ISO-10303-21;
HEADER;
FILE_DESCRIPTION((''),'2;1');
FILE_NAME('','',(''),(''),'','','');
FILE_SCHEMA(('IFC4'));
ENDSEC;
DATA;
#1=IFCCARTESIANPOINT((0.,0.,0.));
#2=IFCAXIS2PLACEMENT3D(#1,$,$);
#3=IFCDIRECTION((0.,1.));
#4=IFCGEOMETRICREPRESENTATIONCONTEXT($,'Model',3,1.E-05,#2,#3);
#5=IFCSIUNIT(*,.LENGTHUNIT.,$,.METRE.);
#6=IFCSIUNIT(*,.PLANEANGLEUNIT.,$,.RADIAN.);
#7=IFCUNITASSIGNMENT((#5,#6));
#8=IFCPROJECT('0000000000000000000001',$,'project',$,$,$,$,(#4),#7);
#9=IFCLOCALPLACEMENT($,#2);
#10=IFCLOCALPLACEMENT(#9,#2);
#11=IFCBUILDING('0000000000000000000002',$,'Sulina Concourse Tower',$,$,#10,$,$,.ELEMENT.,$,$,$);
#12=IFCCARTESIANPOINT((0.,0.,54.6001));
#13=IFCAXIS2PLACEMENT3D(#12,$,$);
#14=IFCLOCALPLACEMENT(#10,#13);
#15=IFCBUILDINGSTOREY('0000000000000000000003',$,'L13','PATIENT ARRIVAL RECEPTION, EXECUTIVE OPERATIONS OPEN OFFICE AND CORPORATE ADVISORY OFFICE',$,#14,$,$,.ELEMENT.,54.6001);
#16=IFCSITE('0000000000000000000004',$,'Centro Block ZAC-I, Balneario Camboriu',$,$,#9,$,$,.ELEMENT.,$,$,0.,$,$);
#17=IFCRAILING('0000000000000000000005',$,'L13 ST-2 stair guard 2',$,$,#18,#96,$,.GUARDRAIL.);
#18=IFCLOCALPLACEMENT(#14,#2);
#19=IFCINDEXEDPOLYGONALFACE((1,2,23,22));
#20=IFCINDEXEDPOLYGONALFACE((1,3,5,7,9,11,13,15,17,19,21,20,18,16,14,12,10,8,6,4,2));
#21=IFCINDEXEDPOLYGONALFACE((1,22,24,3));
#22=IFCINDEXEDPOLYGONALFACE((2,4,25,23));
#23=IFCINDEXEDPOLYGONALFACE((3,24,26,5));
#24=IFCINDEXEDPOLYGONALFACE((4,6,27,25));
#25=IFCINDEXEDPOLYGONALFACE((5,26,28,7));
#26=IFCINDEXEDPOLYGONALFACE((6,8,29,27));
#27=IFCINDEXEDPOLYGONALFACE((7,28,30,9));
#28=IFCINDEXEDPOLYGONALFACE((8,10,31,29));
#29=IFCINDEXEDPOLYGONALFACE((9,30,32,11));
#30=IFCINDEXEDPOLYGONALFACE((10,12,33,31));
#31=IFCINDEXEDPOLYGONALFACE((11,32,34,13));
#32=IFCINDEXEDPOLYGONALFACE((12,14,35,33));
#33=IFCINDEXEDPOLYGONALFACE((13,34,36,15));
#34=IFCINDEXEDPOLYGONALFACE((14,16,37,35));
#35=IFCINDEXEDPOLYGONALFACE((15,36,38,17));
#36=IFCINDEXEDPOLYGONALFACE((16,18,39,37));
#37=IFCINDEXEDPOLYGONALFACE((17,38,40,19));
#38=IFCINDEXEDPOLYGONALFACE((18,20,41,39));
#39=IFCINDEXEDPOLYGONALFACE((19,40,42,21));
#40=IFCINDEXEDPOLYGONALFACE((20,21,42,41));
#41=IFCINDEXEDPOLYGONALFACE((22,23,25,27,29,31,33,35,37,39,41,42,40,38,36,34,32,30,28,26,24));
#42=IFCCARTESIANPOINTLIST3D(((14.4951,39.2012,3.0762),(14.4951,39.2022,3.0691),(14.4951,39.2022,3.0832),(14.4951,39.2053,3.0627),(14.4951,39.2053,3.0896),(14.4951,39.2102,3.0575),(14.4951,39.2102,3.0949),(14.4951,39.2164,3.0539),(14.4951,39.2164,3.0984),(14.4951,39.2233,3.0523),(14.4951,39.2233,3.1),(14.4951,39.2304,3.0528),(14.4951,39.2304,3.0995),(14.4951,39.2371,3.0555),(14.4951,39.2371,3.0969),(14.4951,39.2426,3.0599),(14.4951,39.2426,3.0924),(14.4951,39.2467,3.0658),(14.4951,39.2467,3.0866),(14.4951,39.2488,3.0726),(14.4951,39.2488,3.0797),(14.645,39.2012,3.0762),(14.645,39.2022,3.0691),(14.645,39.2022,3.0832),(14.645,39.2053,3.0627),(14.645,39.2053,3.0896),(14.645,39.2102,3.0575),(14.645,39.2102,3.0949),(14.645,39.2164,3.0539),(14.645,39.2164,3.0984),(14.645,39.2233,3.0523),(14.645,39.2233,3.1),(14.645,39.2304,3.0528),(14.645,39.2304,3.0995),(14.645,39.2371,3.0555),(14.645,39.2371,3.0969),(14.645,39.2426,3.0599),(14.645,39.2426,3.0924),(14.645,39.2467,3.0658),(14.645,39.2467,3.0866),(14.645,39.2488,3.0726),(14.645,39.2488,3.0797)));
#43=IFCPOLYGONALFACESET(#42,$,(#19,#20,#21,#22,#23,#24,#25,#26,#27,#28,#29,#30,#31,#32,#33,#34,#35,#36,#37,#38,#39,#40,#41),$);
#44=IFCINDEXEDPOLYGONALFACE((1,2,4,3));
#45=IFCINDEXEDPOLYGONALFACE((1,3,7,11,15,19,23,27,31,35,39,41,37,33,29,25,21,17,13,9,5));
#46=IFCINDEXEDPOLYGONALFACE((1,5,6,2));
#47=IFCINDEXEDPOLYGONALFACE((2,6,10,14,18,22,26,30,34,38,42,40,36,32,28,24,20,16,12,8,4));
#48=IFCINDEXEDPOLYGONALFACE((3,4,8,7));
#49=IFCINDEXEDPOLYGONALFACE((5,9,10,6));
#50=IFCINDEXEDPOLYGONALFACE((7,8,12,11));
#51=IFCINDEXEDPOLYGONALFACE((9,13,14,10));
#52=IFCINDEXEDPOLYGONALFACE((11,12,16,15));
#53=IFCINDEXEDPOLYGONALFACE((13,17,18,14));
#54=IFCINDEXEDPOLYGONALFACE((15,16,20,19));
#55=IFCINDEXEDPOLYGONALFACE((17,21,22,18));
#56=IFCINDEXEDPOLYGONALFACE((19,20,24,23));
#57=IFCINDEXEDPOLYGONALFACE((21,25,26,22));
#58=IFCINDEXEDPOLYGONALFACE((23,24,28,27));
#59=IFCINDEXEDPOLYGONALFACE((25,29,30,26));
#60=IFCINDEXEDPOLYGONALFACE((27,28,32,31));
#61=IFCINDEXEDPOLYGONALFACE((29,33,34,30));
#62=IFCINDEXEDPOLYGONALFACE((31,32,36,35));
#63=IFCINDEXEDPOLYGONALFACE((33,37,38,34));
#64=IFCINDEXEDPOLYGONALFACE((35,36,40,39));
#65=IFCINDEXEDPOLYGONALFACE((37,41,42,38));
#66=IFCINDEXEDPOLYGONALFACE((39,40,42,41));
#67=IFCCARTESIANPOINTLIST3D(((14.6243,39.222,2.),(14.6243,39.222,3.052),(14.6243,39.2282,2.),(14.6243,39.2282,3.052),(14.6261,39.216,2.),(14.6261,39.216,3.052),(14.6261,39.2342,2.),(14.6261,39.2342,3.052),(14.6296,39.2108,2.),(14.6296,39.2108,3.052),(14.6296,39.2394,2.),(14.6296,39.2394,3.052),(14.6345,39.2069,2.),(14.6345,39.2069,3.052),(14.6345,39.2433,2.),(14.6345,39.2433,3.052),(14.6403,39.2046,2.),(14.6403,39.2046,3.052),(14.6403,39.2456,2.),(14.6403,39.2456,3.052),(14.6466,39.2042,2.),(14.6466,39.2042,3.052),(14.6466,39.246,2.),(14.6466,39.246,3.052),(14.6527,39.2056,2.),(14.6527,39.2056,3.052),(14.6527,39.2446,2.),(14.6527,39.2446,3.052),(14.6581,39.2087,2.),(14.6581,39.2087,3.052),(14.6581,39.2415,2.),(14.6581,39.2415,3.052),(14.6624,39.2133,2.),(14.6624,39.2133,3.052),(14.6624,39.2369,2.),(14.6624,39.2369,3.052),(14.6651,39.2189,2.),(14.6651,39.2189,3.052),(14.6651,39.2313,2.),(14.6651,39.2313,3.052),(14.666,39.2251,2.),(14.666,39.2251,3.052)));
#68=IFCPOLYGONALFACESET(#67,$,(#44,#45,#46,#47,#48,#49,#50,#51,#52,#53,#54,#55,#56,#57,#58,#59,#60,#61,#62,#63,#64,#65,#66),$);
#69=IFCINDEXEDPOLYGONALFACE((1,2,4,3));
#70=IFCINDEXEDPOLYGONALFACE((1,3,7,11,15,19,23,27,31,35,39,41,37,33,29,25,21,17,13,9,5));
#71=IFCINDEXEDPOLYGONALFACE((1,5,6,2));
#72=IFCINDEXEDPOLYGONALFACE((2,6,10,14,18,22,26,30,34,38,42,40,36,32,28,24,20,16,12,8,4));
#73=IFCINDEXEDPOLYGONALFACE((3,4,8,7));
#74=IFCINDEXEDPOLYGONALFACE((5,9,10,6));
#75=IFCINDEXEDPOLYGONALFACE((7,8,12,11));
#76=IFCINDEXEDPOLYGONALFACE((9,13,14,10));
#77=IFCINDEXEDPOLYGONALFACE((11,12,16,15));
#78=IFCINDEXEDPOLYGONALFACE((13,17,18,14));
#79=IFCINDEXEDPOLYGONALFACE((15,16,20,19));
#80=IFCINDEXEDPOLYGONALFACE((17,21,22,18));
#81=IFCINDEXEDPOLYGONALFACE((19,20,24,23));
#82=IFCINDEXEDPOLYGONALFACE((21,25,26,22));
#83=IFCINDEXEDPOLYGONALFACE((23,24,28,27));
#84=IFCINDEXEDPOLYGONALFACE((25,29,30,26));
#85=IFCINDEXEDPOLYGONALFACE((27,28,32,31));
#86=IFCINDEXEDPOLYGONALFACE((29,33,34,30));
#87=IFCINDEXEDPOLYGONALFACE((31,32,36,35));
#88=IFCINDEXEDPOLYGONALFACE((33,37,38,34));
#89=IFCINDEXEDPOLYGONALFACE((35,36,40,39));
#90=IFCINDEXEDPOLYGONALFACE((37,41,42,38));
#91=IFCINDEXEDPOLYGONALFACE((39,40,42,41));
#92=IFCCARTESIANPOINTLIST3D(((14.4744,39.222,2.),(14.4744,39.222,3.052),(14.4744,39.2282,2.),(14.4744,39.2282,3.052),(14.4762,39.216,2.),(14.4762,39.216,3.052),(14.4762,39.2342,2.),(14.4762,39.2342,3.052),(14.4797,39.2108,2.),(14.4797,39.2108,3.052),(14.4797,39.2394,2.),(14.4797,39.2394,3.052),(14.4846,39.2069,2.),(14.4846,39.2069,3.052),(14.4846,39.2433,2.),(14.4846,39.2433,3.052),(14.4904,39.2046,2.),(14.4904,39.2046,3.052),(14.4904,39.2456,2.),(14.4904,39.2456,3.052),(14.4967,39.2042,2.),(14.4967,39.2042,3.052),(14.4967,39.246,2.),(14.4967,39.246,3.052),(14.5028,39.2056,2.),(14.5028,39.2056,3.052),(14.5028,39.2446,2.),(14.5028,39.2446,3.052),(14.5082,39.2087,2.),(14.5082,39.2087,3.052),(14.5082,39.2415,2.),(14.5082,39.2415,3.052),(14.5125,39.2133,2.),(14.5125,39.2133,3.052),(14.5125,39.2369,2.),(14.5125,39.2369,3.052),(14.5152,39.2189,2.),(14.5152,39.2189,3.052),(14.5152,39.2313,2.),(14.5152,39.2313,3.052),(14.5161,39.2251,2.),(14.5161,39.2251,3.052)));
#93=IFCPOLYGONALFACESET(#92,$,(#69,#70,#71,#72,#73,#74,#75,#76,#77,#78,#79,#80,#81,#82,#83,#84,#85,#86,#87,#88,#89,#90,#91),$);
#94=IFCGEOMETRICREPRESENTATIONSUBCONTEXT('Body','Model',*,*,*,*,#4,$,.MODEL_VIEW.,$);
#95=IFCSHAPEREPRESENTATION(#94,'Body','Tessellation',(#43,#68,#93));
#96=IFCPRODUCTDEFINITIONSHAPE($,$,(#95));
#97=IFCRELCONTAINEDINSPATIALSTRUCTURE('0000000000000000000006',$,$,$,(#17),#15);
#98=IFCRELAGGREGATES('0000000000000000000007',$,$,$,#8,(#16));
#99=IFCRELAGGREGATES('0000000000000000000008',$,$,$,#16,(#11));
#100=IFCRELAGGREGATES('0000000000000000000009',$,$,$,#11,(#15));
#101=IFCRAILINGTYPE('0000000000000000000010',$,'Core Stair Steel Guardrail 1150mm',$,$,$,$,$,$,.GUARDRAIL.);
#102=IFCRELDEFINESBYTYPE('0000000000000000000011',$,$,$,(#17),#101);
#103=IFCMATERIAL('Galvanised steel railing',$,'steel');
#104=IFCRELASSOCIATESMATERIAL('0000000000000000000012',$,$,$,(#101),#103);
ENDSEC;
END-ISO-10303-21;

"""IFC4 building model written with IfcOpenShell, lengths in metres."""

from ifc_helpers import new_model, si_unit, direction, frame, origin, origin_2d, place, context, subcontext, project, spatial, circle, extrude, material, type_object, element, save


model = new_model("IFC4")

# Units and contexts
model_context = context("Model", 3, precision=1e-05, world=origin(), true_north=direction((0.0, 1.0)))
body_context = subcontext(model_context, "Body", "Model", "MODEL_VIEW")
ifc_project = project(units=[si_unit("LENGTHUNIT", "METRE"), si_unit("PLANEANGLEUNIT", "RADIAN")], contexts=[model_context])

# Site, building, storey
site_placement = place(None, origin())
site = spatial("IfcSite", under=ifc_project, at=site_placement, Name="Centro Block ZAC-I, Balneario Camboriu", CompositionType="ELEMENT", RefElevation=0.0)
building_placement = place(site_placement, origin())
building = spatial("IfcBuilding", under=site, at=building_placement, Name="Sulina Concourse Tower", CompositionType="ELEMENT")
storey_placement = place(building_placement, frame((0.0, 0.0, 54.6001)))
storey = spatial("IfcBuildingStorey", under=building, at=storey_placement, Name="L13", Description="PATIENT ARRIVAL RECEPTION, EXECUTIVE OPERATIONS OPEN OFFICE AND CORPORATE ADVISORY OFFICE", CompositionType="ELEMENT", Elevation=54.6001)

# Railing
ifc_material_1 = material(Name="Galvanised steel railing", Category="steel")
railing_type_1 = type_object("IfcRailingType", Name="Core Stair Steel Guardrail 1150mm", PredefinedType="GUARDRAIL", material=ifc_material_1)
railing_1_placement = place(storey_placement, frame((14.645, 39.2251, 2.0)))
element("IfcRailing", 1, at=railing_1_placement, inside=storey, type_object=railing_type_1, Name="L13 ST-2 stair guard 2", PredefinedType="GUARDRAIL", context=body_context, shape_type="SweptSolid", body=[
    extrude(circle(Radius=0.0239, at=origin_2d()), frame((0.0, 0.0, 1.0762), z_axis=(-1.0, 0.0, 0.0), x_axis=(0.0, -1.0, 0.0)), (0.0, 0.0, 1.0), 0.1499),
    extrude(circle(Radius=0.021, at=origin_2d()), origin(), (0.0, 0.0, 1.0), 1.052),
    extrude(circle(Radius=0.021, at=origin_2d()), frame((-0.1499, 0.0, 0.0)), (0.0, 0.0, 1.0), 1.052),
])

save(model, "model.ifc")
